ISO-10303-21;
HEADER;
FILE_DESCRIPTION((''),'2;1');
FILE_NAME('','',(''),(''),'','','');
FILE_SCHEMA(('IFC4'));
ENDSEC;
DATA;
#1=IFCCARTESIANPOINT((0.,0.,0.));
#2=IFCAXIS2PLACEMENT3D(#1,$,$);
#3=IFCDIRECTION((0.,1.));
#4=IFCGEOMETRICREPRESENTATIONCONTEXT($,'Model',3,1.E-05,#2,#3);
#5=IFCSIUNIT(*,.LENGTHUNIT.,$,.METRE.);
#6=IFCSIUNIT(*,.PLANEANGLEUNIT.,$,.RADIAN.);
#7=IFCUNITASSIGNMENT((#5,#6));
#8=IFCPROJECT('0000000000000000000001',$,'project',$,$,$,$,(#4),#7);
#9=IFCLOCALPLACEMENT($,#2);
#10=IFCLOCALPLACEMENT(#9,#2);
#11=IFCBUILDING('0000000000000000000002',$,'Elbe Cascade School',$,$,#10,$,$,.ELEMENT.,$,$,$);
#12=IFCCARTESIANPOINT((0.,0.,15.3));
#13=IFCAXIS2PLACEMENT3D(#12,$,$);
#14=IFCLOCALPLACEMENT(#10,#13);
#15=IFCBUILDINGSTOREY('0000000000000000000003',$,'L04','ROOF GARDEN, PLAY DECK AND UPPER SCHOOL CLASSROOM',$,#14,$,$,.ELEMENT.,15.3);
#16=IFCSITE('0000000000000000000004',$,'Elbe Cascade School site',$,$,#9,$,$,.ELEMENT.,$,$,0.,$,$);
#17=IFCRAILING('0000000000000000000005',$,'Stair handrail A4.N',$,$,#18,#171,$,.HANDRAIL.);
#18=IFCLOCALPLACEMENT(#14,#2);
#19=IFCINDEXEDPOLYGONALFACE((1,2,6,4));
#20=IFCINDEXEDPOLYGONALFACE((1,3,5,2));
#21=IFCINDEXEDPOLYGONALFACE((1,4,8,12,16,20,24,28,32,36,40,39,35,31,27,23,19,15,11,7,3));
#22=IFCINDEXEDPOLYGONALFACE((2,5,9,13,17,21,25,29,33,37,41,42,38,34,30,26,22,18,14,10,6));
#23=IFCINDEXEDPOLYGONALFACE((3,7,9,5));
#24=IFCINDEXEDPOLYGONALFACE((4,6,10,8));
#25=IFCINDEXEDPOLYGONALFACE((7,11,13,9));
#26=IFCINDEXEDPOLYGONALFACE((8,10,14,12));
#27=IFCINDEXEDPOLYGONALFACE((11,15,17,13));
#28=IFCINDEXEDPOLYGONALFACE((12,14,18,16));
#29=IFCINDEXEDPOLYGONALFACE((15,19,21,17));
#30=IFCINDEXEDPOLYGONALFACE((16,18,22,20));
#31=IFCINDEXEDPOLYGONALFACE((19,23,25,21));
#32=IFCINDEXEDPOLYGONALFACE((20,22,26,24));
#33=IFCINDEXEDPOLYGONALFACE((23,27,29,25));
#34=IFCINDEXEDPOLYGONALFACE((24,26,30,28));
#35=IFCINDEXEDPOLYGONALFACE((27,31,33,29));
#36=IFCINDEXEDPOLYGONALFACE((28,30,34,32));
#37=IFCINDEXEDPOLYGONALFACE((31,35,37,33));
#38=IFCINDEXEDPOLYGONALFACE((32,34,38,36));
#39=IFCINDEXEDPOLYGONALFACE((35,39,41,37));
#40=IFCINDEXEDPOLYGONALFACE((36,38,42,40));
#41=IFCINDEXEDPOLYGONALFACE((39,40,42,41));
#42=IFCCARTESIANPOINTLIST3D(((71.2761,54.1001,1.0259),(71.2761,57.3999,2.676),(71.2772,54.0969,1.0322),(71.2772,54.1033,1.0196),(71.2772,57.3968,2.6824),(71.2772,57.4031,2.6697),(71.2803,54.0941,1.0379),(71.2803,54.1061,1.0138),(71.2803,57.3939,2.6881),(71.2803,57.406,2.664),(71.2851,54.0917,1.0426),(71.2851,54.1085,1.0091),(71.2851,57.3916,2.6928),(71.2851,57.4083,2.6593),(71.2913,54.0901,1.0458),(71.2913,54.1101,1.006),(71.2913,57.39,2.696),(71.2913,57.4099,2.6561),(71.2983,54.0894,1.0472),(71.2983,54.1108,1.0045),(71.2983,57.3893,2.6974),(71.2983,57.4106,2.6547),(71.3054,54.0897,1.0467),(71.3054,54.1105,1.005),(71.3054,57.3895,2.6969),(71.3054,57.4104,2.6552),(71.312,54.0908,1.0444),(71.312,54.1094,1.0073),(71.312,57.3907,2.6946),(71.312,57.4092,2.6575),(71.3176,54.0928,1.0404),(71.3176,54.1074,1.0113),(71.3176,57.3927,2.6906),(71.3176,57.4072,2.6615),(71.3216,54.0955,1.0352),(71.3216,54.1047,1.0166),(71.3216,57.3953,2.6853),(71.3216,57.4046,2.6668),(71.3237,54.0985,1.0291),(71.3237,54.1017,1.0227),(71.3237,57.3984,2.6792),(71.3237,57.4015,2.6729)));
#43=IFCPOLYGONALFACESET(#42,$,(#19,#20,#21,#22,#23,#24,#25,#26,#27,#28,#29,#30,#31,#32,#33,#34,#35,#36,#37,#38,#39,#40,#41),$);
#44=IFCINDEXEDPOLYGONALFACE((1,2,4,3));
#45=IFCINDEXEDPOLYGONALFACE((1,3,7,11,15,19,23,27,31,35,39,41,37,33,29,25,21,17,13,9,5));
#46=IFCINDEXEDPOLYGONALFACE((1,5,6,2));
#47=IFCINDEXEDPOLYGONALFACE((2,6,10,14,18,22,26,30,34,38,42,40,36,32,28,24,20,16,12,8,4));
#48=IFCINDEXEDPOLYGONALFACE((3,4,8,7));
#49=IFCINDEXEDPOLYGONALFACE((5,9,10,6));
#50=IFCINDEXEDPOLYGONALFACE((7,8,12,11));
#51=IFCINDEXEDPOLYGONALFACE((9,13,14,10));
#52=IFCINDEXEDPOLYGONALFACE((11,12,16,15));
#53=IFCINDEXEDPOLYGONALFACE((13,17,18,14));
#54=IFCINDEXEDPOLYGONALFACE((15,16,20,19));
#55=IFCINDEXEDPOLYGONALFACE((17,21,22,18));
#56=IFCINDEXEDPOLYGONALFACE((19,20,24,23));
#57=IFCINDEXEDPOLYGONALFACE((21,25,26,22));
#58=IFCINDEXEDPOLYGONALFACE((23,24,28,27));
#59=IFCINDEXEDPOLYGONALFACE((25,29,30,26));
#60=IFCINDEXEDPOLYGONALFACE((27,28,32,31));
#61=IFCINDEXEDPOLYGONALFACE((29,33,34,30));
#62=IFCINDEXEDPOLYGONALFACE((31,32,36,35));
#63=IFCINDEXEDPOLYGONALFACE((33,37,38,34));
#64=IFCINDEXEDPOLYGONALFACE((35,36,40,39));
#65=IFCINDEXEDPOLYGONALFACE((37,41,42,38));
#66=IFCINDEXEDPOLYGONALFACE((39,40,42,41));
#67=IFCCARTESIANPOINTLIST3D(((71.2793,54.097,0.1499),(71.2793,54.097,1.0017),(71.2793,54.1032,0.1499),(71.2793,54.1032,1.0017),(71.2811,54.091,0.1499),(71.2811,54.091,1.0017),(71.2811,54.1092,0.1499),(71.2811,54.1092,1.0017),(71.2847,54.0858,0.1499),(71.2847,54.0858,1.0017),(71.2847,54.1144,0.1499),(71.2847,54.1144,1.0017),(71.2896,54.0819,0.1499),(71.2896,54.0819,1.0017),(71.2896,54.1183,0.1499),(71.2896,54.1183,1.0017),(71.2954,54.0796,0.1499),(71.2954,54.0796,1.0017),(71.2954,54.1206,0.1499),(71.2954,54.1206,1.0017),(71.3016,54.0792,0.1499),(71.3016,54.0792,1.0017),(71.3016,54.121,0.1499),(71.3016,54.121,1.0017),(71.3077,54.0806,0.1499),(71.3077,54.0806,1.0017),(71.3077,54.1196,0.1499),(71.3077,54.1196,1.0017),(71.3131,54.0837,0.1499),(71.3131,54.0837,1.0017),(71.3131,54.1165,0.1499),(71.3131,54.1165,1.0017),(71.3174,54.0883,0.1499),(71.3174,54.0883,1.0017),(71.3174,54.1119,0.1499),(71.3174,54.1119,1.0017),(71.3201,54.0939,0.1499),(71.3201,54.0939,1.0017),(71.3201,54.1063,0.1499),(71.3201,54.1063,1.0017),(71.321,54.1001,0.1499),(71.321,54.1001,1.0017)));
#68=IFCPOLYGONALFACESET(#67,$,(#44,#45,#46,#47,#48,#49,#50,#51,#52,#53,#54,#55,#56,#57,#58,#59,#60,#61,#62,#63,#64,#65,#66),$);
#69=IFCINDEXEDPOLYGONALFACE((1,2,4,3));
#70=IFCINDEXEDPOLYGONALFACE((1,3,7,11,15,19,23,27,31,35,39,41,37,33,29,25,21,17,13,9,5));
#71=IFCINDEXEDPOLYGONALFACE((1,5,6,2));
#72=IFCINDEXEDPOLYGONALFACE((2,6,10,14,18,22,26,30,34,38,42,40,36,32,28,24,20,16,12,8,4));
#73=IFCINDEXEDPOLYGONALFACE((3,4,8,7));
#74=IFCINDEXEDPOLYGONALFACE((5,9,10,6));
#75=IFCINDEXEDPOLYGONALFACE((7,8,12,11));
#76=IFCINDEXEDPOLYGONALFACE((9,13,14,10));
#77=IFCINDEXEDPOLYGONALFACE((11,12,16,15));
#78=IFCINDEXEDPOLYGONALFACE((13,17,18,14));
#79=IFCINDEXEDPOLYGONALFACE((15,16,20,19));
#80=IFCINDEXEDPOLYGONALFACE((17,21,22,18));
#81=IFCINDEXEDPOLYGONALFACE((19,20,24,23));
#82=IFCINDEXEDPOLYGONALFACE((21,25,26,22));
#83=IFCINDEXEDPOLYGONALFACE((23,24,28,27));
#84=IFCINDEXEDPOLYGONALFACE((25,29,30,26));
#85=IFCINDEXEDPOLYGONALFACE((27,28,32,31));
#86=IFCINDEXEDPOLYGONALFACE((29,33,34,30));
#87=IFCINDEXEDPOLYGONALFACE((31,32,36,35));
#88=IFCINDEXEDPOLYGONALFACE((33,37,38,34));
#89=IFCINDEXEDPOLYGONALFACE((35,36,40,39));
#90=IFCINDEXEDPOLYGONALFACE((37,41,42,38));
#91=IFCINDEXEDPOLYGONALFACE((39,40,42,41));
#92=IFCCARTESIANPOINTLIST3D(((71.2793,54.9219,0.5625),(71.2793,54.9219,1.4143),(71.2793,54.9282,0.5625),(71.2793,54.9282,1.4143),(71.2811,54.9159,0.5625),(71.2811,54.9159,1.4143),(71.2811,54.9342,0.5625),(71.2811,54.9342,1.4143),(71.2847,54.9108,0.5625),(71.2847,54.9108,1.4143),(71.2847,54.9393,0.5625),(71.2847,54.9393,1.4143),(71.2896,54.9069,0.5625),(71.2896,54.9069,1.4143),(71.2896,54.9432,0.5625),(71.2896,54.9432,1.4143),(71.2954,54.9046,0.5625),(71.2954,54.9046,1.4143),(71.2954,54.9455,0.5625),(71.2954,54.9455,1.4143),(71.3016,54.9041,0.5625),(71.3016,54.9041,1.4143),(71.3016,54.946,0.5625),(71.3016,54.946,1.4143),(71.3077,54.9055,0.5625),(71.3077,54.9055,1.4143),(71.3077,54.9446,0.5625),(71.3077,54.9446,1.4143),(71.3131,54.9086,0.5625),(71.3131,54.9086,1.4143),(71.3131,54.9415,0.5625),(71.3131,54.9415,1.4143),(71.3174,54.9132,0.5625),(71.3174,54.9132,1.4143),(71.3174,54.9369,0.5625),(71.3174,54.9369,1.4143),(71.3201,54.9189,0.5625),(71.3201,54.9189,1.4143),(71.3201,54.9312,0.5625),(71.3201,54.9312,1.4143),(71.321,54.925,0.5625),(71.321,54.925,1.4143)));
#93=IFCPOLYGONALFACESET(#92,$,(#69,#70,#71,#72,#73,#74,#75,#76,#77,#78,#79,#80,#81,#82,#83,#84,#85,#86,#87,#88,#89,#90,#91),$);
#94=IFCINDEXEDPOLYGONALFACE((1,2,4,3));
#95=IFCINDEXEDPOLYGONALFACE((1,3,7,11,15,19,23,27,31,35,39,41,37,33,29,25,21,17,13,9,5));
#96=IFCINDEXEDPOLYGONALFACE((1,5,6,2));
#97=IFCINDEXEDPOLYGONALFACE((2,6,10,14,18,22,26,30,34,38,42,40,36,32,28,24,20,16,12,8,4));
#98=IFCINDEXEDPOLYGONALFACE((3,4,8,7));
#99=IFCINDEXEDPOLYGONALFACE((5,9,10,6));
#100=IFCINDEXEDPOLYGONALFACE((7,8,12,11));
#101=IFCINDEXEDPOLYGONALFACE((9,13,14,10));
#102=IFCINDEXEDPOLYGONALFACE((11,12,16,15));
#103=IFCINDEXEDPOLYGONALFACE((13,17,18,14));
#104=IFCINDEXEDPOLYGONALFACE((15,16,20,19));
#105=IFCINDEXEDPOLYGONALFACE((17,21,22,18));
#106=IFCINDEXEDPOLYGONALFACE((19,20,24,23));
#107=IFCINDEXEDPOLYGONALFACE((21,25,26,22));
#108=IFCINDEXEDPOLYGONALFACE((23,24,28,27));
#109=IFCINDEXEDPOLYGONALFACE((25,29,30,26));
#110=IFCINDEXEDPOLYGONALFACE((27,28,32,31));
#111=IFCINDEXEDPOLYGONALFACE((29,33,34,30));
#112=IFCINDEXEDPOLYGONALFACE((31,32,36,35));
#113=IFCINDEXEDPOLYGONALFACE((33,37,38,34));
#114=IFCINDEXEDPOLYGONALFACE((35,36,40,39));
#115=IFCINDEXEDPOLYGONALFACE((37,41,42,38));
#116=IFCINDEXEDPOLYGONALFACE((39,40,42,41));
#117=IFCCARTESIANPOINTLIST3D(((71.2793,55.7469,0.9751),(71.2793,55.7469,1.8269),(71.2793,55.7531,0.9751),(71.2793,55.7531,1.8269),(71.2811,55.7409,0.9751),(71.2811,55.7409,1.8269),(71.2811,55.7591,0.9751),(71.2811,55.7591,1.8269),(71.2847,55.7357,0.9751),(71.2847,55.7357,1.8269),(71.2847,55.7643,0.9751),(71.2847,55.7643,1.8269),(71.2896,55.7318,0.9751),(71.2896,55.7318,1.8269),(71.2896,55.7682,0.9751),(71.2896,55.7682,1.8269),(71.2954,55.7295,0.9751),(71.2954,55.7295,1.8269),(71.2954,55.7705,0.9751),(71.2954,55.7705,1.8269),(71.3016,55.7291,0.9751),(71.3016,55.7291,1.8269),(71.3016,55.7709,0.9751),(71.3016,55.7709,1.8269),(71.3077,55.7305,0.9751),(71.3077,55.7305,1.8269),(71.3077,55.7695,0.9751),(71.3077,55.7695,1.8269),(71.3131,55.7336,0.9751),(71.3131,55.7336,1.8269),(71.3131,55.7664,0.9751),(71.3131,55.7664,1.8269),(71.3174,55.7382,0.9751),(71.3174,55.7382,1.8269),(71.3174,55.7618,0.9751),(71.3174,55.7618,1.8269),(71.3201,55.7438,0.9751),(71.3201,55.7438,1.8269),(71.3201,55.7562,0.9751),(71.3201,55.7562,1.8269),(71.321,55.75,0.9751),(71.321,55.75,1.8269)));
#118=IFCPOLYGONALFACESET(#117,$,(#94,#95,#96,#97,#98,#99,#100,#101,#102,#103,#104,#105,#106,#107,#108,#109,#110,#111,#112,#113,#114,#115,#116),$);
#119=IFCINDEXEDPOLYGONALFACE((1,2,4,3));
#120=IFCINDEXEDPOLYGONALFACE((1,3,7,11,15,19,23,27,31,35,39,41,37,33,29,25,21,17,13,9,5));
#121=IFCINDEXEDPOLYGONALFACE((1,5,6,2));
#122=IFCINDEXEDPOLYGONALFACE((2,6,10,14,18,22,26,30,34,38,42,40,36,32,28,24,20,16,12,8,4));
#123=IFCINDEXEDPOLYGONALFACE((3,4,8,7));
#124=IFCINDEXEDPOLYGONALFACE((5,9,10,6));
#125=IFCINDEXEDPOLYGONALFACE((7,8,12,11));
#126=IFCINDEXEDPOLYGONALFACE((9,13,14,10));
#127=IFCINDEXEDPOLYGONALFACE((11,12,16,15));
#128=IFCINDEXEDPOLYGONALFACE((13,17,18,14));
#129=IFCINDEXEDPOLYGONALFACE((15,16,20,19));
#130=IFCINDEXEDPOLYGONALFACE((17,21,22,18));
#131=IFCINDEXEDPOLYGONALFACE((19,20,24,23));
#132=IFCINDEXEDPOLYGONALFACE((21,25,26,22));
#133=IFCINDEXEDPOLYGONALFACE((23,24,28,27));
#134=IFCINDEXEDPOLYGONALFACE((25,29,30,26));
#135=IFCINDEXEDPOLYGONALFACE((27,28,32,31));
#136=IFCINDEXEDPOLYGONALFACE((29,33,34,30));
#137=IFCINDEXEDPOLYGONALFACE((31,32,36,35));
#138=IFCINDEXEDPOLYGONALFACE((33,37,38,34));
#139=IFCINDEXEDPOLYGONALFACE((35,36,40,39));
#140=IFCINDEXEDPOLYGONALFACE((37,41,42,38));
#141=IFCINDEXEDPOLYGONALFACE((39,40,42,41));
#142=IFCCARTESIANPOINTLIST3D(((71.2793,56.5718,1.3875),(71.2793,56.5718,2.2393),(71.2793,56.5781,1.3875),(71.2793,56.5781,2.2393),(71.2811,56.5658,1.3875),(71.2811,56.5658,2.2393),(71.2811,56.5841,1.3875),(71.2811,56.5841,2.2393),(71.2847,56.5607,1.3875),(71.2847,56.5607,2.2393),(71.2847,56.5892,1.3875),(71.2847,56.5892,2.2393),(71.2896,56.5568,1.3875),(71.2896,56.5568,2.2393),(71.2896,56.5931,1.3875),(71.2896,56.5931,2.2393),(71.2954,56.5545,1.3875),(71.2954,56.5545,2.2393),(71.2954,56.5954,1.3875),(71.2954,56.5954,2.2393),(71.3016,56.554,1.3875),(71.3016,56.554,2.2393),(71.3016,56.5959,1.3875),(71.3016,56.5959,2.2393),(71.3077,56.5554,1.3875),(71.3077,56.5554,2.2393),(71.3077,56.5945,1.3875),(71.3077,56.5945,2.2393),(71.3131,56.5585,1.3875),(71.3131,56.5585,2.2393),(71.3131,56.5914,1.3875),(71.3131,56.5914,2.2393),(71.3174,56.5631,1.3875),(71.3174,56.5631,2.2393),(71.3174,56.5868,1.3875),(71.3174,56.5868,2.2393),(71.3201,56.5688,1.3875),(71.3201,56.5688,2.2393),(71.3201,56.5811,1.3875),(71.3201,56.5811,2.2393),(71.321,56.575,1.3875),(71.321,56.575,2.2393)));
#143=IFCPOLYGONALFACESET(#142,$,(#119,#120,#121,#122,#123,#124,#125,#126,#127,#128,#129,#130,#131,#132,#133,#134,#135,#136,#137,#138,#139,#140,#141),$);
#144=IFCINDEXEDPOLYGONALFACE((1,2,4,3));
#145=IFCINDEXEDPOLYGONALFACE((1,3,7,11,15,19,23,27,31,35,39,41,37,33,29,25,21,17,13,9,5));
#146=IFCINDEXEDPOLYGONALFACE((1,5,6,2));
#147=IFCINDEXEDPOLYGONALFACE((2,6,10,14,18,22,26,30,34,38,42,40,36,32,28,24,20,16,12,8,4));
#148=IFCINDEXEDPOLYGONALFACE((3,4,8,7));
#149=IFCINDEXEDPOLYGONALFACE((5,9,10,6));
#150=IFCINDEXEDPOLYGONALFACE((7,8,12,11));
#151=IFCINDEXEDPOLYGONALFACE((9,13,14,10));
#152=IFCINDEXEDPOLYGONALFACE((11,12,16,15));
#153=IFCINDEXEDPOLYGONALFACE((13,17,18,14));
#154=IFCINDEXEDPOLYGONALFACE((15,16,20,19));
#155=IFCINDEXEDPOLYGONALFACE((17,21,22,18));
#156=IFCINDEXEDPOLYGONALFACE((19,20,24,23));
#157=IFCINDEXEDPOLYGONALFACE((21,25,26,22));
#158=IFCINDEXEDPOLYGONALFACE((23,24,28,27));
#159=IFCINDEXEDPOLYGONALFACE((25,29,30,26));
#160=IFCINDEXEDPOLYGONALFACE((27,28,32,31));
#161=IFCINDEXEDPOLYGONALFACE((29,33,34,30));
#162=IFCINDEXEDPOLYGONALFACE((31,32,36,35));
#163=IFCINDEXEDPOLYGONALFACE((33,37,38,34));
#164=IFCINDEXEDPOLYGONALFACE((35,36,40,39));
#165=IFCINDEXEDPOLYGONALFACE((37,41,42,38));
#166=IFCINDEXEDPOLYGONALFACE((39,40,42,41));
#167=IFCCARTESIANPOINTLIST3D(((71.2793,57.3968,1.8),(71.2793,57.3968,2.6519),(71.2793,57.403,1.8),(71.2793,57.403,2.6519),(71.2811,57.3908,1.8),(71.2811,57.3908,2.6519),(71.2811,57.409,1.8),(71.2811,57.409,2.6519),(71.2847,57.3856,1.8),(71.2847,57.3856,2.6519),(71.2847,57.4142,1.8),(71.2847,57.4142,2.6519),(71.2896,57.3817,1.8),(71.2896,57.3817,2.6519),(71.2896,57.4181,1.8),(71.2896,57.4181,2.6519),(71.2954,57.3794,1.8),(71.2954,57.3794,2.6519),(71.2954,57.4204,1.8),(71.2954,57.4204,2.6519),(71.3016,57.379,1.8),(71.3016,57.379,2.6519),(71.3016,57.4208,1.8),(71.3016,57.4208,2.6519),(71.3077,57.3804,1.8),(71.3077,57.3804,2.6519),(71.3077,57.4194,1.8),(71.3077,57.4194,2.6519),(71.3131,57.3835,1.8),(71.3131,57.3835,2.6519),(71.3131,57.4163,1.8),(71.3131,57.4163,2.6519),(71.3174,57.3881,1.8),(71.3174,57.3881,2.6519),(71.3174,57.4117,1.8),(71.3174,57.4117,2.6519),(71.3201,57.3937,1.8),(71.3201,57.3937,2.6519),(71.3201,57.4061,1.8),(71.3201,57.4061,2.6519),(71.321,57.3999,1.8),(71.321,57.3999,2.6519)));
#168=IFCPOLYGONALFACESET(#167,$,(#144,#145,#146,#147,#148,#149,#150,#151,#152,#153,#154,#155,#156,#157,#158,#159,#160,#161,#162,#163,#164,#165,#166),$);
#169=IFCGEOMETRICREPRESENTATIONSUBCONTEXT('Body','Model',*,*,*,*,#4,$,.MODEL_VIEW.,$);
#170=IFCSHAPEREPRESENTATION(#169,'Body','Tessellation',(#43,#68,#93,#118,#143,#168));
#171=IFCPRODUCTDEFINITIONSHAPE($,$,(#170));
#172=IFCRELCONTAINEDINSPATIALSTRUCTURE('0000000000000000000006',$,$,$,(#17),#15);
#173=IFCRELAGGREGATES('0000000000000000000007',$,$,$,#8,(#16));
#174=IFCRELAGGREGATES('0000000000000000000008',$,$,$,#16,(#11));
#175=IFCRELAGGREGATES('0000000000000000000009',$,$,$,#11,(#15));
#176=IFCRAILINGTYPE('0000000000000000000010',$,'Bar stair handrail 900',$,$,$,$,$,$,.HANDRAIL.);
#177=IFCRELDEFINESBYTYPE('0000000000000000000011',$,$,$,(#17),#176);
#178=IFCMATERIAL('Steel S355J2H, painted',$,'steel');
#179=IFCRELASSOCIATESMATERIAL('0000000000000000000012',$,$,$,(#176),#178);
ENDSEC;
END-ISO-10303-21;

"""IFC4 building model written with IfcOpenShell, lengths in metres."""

from ifc_helpers import new_model, si_unit, direction, frame, origin, origin_2d, place, context, subcontext, project, spatial, circle, extrude, material, type_object, element, save


model = new_model("IFC4")

# Units and contexts
model_context = context("Model", 3, precision=1e-05, world=origin(), true_north=direction((0.0, 1.0)))
body_context = subcontext(model_context, "Body", "Model", "MODEL_VIEW")
ifc_project = project(units=[si_unit("LENGTHUNIT", "METRE"), si_unit("PLANEANGLEUNIT", "RADIAN")], contexts=[model_context])

# Site, building, storey
site_placement = place(None, origin())
site = spatial("IfcSite", under=ifc_project, at=site_placement, Name="Elbe Cascade School site", CompositionType="ELEMENT", RefElevation=0.0)
building_placement = place(site_placement, origin())
building = spatial("IfcBuilding", under=site, at=building_placement, Name="Elbe Cascade School", CompositionType="ELEMENT")
storey_placement = place(building_placement, frame((0.0, 0.0, 15.3)))
storey = spatial("IfcBuildingStorey", under=building, at=storey_placement, Name="L04", Description="ROOF GARDEN, PLAY DECK AND UPPER SCHOOL CLASSROOM", CompositionType="ELEMENT", Elevation=15.3)

# Railing
ifc_material_1 = material(Name="Steel S355J2H, painted", Category="steel")
railing_type_1 = type_object("IfcRailingType", Name="Bar stair handrail 900", PredefinedType="HANDRAIL", material=ifc_material_1)
railing_1_placement = place(storey_placement, frame((71.3, 54.1001, 0.1499)))
element("IfcRailing", 1, at=railing_1_placement, inside=storey, type_object=railing_type_1, Name="Stair handrail A4.N", PredefinedType="HANDRAIL", context=body_context, shape_type="SweptSolid", body=[
    extrude(circle(Radius=0.0239, at=origin_2d()), frame((0.0, 0.0, 0.876), z_axis=(0.0, 0.894401, 0.447267), x_axis=(-1.0, 0.0, 0.0)), (0.0, 0.0, 1.0), 3.6895),
    extrude(circle(Radius=0.021, at=origin_2d()), origin(), (0.0, 0.0, 1.0), 0.8518),
    extrude(circle(Radius=0.021, at=origin_2d()), frame((0.0, 0.825, 0.4126)), (0.0, 0.0, 1.0), 0.8518),
    extrude(circle(Radius=0.021, at=origin_2d()), frame((0.0, 1.6499, 0.8252)), (0.0, 0.0, 1.0), 0.8518),
    extrude(circle(Radius=0.021, at=origin_2d()), frame((0.0, 2.4749, 1.2375)), (0.0, 0.0, 1.0), 0.8518),
    extrude(circle(Radius=0.021, at=origin_2d()), frame((0.0, 3.2998, 1.6501)), (0.0, 0.0, 1.0), 0.8518),
])

save(model, "model.ifc")
